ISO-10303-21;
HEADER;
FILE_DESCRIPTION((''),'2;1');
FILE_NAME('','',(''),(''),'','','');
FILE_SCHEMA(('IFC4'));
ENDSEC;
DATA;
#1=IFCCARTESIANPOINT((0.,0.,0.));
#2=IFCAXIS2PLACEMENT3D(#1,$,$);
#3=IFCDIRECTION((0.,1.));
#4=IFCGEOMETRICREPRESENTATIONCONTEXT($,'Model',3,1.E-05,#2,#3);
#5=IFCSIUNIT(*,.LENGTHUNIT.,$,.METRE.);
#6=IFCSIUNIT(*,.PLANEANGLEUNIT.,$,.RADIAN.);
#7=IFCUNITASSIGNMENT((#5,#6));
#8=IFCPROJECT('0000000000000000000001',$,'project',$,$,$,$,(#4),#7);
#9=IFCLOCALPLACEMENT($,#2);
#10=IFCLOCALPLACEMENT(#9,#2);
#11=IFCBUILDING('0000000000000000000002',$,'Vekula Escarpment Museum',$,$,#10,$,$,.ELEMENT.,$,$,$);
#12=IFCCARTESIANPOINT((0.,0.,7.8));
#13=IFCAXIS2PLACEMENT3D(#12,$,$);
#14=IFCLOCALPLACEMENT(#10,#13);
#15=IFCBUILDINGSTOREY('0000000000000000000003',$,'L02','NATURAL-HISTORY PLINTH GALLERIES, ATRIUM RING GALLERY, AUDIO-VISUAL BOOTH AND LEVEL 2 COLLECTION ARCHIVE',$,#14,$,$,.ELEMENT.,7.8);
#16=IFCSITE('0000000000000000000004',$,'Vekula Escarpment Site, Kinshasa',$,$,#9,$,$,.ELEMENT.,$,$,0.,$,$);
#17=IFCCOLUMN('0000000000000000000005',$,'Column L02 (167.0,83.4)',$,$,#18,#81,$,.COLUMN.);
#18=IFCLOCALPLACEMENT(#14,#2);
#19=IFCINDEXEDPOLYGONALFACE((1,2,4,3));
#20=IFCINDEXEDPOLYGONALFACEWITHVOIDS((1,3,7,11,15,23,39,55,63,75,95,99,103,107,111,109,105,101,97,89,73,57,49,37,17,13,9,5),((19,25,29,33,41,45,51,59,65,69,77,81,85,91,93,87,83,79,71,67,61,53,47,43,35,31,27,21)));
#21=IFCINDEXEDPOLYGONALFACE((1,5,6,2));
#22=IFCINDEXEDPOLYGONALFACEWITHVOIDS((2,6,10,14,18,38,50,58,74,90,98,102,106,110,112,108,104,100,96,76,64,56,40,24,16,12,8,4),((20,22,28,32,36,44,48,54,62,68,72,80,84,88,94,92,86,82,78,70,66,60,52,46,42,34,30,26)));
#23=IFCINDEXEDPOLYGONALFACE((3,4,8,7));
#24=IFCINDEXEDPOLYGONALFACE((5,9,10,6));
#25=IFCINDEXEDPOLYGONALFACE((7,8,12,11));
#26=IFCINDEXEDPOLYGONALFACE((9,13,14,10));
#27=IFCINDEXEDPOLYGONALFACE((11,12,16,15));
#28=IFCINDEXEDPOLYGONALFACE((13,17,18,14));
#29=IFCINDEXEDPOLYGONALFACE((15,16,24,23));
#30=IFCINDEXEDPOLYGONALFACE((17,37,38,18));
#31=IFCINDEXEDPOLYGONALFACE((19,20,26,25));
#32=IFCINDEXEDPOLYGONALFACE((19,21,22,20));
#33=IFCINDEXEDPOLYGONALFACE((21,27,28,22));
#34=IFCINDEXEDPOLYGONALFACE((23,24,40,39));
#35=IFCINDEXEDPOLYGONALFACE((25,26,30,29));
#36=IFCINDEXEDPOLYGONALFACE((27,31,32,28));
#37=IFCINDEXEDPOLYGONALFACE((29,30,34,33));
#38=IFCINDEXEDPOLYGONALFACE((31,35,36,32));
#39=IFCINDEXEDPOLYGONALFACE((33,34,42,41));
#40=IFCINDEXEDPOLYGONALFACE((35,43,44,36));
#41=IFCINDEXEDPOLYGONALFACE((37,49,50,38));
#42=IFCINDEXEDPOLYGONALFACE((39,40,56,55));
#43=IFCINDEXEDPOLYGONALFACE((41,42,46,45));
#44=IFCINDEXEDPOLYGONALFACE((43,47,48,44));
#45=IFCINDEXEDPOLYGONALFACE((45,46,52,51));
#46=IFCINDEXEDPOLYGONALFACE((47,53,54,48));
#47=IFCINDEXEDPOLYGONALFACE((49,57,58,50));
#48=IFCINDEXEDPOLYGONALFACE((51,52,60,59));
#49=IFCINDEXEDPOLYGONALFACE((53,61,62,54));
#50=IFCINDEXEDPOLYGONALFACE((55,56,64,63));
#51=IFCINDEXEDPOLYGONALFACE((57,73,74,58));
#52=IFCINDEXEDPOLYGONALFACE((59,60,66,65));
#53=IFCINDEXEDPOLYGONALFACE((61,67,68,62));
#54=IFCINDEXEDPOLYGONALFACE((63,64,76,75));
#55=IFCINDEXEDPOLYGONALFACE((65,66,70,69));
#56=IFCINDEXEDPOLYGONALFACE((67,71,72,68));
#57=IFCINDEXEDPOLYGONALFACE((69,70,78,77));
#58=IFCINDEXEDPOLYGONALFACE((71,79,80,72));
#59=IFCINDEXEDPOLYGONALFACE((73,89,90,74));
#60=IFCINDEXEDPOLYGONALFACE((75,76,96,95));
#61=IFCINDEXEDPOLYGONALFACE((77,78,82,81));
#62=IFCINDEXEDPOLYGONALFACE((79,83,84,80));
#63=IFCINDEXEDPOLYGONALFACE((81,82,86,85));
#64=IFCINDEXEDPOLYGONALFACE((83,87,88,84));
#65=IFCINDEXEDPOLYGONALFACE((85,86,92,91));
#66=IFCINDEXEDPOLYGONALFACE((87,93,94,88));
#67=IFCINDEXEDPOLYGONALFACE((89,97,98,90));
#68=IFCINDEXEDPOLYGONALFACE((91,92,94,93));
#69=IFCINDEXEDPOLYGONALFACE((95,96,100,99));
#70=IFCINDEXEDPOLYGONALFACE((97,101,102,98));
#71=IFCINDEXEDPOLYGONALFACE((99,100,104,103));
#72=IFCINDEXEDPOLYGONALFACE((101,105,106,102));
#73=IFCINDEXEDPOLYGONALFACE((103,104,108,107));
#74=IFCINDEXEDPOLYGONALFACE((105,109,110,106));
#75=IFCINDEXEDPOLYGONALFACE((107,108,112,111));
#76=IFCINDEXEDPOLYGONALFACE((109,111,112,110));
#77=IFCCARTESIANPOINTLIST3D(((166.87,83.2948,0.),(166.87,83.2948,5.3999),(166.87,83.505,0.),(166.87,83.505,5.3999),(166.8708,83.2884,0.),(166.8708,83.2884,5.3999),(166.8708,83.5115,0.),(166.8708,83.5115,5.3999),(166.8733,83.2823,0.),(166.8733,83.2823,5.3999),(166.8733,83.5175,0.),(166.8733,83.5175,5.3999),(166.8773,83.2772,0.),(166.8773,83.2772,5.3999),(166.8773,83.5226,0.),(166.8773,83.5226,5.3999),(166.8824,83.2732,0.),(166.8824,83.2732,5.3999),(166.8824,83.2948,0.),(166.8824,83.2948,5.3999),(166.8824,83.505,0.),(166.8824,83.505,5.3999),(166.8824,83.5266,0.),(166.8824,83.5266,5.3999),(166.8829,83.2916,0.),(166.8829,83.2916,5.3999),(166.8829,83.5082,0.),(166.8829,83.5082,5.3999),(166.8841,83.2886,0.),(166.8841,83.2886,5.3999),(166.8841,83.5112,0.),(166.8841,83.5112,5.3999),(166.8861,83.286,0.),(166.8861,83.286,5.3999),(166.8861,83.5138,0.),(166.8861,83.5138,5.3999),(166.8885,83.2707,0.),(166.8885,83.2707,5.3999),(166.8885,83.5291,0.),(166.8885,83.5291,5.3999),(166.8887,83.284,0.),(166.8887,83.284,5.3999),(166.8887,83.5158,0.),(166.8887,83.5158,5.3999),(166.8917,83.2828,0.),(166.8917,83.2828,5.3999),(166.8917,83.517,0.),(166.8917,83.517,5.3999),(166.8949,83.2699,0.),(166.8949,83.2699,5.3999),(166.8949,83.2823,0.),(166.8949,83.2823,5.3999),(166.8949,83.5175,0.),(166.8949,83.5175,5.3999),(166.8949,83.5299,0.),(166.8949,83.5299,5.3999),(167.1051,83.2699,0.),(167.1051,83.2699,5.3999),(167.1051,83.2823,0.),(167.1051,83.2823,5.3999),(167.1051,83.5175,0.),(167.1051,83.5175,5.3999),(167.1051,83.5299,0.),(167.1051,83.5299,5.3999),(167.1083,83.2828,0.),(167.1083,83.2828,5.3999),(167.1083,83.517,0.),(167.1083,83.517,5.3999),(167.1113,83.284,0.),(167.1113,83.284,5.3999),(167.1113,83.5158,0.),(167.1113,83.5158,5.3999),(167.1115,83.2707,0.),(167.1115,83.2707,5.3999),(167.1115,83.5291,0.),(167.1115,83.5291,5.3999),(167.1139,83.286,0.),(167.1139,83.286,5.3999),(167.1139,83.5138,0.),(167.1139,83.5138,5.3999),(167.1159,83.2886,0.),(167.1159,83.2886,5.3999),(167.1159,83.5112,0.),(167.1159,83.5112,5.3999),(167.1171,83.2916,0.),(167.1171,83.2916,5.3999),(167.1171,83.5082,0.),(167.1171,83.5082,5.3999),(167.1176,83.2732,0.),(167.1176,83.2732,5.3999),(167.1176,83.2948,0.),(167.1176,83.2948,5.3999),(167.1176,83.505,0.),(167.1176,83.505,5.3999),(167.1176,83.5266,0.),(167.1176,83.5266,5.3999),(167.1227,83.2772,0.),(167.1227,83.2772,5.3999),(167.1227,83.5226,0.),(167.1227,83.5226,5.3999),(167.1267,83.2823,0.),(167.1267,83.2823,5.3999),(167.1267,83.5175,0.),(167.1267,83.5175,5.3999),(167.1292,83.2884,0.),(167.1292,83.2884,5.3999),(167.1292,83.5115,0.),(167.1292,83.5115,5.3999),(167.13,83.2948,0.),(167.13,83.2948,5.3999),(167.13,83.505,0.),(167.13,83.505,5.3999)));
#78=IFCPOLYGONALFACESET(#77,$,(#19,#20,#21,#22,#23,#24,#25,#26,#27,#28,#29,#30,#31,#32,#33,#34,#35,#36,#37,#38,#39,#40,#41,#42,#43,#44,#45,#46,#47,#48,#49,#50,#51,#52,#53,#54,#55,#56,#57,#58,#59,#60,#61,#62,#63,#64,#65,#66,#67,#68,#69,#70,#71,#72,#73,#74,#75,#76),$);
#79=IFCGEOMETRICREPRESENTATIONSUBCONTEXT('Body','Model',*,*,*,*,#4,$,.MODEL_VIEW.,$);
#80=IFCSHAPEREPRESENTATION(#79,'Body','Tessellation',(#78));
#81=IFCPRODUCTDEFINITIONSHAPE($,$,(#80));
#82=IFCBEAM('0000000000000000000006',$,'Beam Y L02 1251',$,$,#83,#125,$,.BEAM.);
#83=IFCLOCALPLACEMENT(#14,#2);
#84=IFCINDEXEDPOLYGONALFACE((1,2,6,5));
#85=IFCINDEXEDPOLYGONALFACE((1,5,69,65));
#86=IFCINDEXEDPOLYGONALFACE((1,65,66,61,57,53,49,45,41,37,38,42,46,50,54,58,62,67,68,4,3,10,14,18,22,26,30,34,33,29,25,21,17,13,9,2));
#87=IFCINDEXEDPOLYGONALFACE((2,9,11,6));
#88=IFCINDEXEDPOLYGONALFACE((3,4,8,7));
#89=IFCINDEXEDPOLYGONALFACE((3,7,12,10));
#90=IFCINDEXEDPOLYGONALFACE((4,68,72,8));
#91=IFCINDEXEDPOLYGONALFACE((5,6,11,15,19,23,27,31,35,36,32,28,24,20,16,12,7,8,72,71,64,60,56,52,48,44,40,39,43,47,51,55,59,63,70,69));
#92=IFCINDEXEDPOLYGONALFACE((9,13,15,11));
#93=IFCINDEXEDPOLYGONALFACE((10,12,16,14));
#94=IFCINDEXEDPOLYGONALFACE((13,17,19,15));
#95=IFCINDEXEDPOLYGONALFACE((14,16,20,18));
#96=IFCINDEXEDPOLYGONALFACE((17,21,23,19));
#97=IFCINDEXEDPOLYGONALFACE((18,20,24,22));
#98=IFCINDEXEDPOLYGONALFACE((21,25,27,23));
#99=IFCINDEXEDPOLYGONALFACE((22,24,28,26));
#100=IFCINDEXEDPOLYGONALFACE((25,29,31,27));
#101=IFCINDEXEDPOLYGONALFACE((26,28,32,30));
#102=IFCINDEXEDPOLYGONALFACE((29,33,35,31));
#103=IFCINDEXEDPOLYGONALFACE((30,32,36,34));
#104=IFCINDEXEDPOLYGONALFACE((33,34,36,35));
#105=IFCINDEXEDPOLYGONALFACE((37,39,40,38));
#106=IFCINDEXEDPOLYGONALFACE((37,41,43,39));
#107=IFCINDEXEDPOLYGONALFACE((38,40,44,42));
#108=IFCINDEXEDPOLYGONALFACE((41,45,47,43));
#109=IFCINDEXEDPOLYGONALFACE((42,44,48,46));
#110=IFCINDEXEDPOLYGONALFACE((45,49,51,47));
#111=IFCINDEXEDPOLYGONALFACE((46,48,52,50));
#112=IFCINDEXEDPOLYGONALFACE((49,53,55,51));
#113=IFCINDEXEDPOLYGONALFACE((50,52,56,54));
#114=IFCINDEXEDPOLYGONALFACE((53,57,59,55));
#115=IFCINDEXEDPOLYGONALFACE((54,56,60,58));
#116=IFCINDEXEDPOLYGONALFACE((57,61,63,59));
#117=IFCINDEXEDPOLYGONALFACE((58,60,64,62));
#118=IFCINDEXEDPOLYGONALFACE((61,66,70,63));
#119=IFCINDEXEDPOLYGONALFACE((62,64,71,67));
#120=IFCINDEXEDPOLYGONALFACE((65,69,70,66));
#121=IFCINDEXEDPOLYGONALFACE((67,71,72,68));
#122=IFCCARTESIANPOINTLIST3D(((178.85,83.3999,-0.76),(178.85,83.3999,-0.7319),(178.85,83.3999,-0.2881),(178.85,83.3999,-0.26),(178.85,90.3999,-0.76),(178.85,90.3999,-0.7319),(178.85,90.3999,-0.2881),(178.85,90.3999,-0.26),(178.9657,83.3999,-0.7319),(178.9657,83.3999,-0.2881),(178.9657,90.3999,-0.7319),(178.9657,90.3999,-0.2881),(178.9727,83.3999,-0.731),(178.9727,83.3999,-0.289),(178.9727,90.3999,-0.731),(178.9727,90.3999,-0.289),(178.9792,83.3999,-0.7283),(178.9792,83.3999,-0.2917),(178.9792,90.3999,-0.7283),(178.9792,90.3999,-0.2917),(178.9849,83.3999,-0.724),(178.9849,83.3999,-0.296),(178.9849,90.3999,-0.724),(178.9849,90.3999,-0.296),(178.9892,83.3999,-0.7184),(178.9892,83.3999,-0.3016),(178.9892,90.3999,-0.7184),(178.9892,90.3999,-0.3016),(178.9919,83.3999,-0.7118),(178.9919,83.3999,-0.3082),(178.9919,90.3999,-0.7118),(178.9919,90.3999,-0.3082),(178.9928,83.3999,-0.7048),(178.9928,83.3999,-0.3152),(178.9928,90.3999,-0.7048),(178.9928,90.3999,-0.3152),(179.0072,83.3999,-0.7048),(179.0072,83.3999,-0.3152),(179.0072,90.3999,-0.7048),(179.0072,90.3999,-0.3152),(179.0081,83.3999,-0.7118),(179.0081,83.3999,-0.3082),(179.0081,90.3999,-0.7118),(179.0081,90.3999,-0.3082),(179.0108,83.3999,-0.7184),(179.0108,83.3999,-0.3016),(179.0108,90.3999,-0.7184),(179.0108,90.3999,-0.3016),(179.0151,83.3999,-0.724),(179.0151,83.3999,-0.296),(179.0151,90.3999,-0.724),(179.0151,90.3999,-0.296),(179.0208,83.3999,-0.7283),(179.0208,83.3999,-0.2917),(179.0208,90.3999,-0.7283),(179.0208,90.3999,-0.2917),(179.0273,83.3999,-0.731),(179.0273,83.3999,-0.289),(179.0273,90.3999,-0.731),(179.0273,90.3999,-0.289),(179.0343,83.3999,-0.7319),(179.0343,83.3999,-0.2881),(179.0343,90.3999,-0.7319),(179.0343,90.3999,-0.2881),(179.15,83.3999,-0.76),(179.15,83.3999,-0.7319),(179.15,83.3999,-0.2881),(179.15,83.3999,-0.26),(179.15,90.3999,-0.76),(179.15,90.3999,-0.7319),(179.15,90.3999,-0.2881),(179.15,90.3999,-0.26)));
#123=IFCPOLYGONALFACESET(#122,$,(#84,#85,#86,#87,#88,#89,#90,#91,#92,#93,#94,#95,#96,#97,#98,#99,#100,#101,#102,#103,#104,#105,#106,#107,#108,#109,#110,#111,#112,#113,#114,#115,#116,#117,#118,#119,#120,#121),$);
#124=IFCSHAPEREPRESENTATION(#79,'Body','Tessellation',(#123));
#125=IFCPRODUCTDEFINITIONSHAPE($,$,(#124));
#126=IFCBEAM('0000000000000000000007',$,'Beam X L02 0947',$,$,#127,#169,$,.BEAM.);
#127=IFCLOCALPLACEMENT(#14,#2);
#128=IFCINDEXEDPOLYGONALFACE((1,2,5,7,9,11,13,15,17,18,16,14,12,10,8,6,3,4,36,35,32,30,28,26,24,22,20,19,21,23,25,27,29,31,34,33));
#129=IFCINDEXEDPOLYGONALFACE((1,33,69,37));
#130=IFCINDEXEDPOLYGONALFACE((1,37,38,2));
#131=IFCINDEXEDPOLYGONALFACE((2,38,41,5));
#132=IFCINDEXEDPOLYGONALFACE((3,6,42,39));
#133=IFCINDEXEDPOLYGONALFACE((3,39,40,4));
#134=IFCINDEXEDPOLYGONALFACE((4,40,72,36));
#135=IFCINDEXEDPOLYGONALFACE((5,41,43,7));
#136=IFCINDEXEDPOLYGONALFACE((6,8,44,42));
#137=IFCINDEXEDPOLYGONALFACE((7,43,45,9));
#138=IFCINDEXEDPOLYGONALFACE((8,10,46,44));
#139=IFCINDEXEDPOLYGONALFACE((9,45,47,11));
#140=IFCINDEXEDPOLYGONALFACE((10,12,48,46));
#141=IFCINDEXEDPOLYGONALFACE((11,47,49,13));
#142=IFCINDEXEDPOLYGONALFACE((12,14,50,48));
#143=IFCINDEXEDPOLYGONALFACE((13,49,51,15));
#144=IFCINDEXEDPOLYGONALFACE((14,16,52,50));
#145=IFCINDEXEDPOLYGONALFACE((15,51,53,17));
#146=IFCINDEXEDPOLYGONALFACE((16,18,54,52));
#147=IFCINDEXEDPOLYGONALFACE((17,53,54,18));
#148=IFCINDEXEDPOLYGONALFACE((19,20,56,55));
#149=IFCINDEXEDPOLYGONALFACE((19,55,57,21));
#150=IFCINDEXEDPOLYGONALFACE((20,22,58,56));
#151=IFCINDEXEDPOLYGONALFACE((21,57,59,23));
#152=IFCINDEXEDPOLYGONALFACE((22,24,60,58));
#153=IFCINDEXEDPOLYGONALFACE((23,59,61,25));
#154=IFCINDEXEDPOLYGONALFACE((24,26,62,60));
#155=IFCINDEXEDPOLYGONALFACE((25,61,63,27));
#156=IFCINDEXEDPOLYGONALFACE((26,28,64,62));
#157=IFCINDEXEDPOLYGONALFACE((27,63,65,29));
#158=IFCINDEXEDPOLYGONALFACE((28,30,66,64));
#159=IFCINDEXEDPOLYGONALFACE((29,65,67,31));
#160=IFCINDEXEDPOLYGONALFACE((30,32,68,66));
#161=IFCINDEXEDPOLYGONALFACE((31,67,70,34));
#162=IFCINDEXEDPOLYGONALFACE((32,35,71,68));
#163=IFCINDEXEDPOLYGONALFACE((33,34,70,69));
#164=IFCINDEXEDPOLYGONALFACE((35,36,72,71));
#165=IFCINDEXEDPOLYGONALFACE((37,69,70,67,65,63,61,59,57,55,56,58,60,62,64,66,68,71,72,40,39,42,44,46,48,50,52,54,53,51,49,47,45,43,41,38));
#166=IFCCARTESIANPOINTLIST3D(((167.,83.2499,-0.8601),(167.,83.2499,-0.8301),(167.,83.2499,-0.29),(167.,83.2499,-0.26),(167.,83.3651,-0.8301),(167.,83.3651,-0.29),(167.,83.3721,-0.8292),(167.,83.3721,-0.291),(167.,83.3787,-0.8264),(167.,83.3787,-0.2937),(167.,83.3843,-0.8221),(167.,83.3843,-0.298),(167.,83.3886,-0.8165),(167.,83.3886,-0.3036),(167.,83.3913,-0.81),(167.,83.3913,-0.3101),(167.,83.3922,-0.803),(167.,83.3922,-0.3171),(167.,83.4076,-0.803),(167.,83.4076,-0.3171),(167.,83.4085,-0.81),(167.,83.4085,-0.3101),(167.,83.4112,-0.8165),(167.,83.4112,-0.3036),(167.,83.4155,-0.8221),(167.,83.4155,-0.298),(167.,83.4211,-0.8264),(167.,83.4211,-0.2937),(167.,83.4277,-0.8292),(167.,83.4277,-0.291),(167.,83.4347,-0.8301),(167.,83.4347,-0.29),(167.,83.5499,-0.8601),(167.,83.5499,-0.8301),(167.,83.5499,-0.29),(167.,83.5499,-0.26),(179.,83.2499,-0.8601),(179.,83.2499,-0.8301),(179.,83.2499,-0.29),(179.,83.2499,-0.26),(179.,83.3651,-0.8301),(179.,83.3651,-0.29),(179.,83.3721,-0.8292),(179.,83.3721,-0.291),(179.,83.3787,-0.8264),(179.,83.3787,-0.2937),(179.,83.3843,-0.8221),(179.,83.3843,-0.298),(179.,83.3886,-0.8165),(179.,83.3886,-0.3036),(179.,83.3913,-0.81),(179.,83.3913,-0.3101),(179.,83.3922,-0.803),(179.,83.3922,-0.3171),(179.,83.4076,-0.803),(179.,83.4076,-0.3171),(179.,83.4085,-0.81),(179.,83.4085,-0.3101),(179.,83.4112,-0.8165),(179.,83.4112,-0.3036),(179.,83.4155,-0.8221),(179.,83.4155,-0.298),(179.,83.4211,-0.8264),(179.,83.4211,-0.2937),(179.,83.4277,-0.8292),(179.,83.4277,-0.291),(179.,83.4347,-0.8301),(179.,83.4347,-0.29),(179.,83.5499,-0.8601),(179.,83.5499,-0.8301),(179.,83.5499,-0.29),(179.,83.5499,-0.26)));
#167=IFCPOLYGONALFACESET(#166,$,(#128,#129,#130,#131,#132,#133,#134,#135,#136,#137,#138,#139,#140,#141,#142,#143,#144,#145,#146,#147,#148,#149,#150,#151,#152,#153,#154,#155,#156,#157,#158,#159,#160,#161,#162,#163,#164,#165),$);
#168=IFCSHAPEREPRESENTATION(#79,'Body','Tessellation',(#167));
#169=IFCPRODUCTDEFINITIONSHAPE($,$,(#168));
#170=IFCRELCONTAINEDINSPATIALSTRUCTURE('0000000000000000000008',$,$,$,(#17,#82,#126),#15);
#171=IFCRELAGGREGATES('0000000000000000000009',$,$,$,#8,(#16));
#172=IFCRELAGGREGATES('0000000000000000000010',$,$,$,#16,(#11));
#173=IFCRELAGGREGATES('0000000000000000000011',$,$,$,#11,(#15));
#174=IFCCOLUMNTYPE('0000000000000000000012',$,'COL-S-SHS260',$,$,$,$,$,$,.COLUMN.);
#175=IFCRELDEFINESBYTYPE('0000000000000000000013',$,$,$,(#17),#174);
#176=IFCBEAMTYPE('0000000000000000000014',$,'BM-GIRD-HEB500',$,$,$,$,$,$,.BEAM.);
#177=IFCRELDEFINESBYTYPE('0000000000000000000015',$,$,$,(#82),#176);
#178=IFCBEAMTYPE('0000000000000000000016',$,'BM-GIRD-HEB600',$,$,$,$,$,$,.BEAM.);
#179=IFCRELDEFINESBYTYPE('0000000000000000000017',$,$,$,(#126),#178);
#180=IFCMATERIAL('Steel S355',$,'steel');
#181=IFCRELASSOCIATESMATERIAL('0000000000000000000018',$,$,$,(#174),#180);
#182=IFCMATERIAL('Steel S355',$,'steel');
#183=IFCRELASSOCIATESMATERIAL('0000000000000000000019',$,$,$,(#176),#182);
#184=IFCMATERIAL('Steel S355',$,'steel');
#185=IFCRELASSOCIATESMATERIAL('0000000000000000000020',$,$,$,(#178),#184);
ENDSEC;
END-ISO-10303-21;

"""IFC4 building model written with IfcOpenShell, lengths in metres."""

from ifc_helpers import new_model, si_unit, direction, frame, origin, origin_2d, place, context, subcontext, project, spatial, hollow_rectangle, i_section, extrude, material, material_profile, profile_set, type_object, element, save


model = new_model("IFC4")

# Units and contexts
model_context = context("Model", 3, precision=1e-05, world=origin(), true_north=direction((0.0, 1.0)))
body_context = subcontext(model_context, "Body", "Model", "MODEL_VIEW")
ifc_project = project(units=[si_unit("LENGTHUNIT", "METRE"), si_unit("PLANEANGLEUNIT", "RADIAN")], contexts=[model_context])

# Site, building, storey
site_placement = place(None, origin())
site = spatial("IfcSite", under=ifc_project, at=site_placement, Name="Vekula Escarpment Site, Kinshasa", CompositionType="ELEMENT", RefElevation=0.0)
building_placement = place(site_placement, origin())
building = spatial("IfcBuilding", under=site, at=building_placement, Name="Vekula Escarpment Museum", CompositionType="ELEMENT")
storey_placement = place(building_placement, frame((0.0, 0.0, 7.8)))
storey = spatial("IfcBuildingStorey", under=building, at=storey_placement, Name="L02", Description="NATURAL-HISTORY PLINTH GALLERIES, ATRIUM RING GALLERY, AUDIO-VISUAL BOOTH AND LEVEL 2 COLLECTION ARCHIVE", CompositionType="ELEMENT", Elevation=7.8)

# Column
ifc_material_1 = material(Name="Steel S355", Category="steel")
ifc_material_profile_1 = material_profile(ifc_material_1, hollow_rectangle(XDim=0.26, YDim=0.26, WallThickness=0.0125, InnerFilletRadius=0.0125, OuterFilletRadius=0.0249, at=origin_2d()), Name="SHS 260x260x12.5")
ifc_profile_set_1 = profile_set([ifc_material_profile_1], Name="Steel S355")
column_type_1 = type_object("IfcColumnType", Name="COL-S-SHS260", PredefinedType="COLUMN", material=ifc_profile_set_1)
column_1_placement = place(storey_placement, frame((167.0, 83.3999, 0.0), z_axis=(0.0, 0.0, 1.0), x_axis=(1.0, 0.0, 0.0)))
element("IfcColumn", 1, at=column_1_placement, inside=storey, type_object=column_type_1, Name="Column L02 (167.0,83.4)", PredefinedType="COLUMN", context=body_context, shape_type="SweptSolid", body=[
    extrude(hollow_rectangle(XDim=0.26, YDim=0.26, WallThickness=0.0125, InnerFilletRadius=0.0125, OuterFilletRadius=0.0249, at=origin_2d()), origin(), (0.0, 0.0, 1.0), 5.3999),
])

# Beams
ifc_material_2 = material(Name="Steel S355", Category="steel")
ifc_material_profile_2 = material_profile(ifc_material_2, i_section(OverallWidth=0.3, OverallDepth=0.5, WebThickness=0.0144, FlangeThickness=0.0281, FilletRadius=0.0271, at=origin_2d()), Name="HEB 500")
ifc_profile_set_2 = profile_set([ifc_material_profile_2], Name="Steel S355")
beam_type_1 = type_object("IfcBeamType", Name="BM-GIRD-HEB500", PredefinedType="BEAM", material=ifc_profile_set_2)
beam_1_placement = place(storey_placement, frame((179.0, 83.3999, -0.51), z_axis=(0.0, 1.0, 0.0), x_axis=(-1.0, 0.0, 0.0)))
element("IfcBeam", 2, at=beam_1_placement, inside=storey, type_object=beam_type_1, Name="Beam Y L02 1251", PredefinedType="BEAM", context=body_context, shape_type="SweptSolid", body=[
    extrude(i_section(OverallWidth=0.3, OverallDepth=0.5, WebThickness=0.0144, FlangeThickness=0.0281, FilletRadius=0.0271, at=origin_2d()), origin(), (0.0, 0.0, 1.0), 7.0),
])
ifc_material_3 = material(Name="Steel S355", Category="steel")
ifc_material_profile_3 = material_profile(ifc_material_3, i_section(OverallWidth=0.3, OverallDepth=0.6001, WebThickness=0.0154, FlangeThickness=0.03, FilletRadius=0.0271, at=origin_2d()), Name="HEB 600")
ifc_profile_set_3 = profile_set([ifc_material_profile_3], Name="Steel S355")
beam_type_2 = type_object("IfcBeamType", Name="BM-GIRD-HEB600", PredefinedType="BEAM", material=ifc_profile_set_3)
beam_2_placement = place(storey_placement, frame((167.0, 83.3999, -0.5601), z_axis=(1.0, 0.0, 0.0), x_axis=(0.0, 1.0, 0.0)))
element("IfcBeam", 3, at=beam_2_placement, inside=storey, type_object=beam_type_2, Name="Beam X L02 0947", PredefinedType="BEAM", context=body_context, shape_type="SweptSolid", body=[
    extrude(i_section(OverallWidth=0.3, OverallDepth=0.6001, WebThickness=0.0154, FlangeThickness=0.03, FilletRadius=0.0271, at=origin_2d()), origin(), (0.0, 0.0, 1.0), 12.0),
])

save(model, "model.ifc")
